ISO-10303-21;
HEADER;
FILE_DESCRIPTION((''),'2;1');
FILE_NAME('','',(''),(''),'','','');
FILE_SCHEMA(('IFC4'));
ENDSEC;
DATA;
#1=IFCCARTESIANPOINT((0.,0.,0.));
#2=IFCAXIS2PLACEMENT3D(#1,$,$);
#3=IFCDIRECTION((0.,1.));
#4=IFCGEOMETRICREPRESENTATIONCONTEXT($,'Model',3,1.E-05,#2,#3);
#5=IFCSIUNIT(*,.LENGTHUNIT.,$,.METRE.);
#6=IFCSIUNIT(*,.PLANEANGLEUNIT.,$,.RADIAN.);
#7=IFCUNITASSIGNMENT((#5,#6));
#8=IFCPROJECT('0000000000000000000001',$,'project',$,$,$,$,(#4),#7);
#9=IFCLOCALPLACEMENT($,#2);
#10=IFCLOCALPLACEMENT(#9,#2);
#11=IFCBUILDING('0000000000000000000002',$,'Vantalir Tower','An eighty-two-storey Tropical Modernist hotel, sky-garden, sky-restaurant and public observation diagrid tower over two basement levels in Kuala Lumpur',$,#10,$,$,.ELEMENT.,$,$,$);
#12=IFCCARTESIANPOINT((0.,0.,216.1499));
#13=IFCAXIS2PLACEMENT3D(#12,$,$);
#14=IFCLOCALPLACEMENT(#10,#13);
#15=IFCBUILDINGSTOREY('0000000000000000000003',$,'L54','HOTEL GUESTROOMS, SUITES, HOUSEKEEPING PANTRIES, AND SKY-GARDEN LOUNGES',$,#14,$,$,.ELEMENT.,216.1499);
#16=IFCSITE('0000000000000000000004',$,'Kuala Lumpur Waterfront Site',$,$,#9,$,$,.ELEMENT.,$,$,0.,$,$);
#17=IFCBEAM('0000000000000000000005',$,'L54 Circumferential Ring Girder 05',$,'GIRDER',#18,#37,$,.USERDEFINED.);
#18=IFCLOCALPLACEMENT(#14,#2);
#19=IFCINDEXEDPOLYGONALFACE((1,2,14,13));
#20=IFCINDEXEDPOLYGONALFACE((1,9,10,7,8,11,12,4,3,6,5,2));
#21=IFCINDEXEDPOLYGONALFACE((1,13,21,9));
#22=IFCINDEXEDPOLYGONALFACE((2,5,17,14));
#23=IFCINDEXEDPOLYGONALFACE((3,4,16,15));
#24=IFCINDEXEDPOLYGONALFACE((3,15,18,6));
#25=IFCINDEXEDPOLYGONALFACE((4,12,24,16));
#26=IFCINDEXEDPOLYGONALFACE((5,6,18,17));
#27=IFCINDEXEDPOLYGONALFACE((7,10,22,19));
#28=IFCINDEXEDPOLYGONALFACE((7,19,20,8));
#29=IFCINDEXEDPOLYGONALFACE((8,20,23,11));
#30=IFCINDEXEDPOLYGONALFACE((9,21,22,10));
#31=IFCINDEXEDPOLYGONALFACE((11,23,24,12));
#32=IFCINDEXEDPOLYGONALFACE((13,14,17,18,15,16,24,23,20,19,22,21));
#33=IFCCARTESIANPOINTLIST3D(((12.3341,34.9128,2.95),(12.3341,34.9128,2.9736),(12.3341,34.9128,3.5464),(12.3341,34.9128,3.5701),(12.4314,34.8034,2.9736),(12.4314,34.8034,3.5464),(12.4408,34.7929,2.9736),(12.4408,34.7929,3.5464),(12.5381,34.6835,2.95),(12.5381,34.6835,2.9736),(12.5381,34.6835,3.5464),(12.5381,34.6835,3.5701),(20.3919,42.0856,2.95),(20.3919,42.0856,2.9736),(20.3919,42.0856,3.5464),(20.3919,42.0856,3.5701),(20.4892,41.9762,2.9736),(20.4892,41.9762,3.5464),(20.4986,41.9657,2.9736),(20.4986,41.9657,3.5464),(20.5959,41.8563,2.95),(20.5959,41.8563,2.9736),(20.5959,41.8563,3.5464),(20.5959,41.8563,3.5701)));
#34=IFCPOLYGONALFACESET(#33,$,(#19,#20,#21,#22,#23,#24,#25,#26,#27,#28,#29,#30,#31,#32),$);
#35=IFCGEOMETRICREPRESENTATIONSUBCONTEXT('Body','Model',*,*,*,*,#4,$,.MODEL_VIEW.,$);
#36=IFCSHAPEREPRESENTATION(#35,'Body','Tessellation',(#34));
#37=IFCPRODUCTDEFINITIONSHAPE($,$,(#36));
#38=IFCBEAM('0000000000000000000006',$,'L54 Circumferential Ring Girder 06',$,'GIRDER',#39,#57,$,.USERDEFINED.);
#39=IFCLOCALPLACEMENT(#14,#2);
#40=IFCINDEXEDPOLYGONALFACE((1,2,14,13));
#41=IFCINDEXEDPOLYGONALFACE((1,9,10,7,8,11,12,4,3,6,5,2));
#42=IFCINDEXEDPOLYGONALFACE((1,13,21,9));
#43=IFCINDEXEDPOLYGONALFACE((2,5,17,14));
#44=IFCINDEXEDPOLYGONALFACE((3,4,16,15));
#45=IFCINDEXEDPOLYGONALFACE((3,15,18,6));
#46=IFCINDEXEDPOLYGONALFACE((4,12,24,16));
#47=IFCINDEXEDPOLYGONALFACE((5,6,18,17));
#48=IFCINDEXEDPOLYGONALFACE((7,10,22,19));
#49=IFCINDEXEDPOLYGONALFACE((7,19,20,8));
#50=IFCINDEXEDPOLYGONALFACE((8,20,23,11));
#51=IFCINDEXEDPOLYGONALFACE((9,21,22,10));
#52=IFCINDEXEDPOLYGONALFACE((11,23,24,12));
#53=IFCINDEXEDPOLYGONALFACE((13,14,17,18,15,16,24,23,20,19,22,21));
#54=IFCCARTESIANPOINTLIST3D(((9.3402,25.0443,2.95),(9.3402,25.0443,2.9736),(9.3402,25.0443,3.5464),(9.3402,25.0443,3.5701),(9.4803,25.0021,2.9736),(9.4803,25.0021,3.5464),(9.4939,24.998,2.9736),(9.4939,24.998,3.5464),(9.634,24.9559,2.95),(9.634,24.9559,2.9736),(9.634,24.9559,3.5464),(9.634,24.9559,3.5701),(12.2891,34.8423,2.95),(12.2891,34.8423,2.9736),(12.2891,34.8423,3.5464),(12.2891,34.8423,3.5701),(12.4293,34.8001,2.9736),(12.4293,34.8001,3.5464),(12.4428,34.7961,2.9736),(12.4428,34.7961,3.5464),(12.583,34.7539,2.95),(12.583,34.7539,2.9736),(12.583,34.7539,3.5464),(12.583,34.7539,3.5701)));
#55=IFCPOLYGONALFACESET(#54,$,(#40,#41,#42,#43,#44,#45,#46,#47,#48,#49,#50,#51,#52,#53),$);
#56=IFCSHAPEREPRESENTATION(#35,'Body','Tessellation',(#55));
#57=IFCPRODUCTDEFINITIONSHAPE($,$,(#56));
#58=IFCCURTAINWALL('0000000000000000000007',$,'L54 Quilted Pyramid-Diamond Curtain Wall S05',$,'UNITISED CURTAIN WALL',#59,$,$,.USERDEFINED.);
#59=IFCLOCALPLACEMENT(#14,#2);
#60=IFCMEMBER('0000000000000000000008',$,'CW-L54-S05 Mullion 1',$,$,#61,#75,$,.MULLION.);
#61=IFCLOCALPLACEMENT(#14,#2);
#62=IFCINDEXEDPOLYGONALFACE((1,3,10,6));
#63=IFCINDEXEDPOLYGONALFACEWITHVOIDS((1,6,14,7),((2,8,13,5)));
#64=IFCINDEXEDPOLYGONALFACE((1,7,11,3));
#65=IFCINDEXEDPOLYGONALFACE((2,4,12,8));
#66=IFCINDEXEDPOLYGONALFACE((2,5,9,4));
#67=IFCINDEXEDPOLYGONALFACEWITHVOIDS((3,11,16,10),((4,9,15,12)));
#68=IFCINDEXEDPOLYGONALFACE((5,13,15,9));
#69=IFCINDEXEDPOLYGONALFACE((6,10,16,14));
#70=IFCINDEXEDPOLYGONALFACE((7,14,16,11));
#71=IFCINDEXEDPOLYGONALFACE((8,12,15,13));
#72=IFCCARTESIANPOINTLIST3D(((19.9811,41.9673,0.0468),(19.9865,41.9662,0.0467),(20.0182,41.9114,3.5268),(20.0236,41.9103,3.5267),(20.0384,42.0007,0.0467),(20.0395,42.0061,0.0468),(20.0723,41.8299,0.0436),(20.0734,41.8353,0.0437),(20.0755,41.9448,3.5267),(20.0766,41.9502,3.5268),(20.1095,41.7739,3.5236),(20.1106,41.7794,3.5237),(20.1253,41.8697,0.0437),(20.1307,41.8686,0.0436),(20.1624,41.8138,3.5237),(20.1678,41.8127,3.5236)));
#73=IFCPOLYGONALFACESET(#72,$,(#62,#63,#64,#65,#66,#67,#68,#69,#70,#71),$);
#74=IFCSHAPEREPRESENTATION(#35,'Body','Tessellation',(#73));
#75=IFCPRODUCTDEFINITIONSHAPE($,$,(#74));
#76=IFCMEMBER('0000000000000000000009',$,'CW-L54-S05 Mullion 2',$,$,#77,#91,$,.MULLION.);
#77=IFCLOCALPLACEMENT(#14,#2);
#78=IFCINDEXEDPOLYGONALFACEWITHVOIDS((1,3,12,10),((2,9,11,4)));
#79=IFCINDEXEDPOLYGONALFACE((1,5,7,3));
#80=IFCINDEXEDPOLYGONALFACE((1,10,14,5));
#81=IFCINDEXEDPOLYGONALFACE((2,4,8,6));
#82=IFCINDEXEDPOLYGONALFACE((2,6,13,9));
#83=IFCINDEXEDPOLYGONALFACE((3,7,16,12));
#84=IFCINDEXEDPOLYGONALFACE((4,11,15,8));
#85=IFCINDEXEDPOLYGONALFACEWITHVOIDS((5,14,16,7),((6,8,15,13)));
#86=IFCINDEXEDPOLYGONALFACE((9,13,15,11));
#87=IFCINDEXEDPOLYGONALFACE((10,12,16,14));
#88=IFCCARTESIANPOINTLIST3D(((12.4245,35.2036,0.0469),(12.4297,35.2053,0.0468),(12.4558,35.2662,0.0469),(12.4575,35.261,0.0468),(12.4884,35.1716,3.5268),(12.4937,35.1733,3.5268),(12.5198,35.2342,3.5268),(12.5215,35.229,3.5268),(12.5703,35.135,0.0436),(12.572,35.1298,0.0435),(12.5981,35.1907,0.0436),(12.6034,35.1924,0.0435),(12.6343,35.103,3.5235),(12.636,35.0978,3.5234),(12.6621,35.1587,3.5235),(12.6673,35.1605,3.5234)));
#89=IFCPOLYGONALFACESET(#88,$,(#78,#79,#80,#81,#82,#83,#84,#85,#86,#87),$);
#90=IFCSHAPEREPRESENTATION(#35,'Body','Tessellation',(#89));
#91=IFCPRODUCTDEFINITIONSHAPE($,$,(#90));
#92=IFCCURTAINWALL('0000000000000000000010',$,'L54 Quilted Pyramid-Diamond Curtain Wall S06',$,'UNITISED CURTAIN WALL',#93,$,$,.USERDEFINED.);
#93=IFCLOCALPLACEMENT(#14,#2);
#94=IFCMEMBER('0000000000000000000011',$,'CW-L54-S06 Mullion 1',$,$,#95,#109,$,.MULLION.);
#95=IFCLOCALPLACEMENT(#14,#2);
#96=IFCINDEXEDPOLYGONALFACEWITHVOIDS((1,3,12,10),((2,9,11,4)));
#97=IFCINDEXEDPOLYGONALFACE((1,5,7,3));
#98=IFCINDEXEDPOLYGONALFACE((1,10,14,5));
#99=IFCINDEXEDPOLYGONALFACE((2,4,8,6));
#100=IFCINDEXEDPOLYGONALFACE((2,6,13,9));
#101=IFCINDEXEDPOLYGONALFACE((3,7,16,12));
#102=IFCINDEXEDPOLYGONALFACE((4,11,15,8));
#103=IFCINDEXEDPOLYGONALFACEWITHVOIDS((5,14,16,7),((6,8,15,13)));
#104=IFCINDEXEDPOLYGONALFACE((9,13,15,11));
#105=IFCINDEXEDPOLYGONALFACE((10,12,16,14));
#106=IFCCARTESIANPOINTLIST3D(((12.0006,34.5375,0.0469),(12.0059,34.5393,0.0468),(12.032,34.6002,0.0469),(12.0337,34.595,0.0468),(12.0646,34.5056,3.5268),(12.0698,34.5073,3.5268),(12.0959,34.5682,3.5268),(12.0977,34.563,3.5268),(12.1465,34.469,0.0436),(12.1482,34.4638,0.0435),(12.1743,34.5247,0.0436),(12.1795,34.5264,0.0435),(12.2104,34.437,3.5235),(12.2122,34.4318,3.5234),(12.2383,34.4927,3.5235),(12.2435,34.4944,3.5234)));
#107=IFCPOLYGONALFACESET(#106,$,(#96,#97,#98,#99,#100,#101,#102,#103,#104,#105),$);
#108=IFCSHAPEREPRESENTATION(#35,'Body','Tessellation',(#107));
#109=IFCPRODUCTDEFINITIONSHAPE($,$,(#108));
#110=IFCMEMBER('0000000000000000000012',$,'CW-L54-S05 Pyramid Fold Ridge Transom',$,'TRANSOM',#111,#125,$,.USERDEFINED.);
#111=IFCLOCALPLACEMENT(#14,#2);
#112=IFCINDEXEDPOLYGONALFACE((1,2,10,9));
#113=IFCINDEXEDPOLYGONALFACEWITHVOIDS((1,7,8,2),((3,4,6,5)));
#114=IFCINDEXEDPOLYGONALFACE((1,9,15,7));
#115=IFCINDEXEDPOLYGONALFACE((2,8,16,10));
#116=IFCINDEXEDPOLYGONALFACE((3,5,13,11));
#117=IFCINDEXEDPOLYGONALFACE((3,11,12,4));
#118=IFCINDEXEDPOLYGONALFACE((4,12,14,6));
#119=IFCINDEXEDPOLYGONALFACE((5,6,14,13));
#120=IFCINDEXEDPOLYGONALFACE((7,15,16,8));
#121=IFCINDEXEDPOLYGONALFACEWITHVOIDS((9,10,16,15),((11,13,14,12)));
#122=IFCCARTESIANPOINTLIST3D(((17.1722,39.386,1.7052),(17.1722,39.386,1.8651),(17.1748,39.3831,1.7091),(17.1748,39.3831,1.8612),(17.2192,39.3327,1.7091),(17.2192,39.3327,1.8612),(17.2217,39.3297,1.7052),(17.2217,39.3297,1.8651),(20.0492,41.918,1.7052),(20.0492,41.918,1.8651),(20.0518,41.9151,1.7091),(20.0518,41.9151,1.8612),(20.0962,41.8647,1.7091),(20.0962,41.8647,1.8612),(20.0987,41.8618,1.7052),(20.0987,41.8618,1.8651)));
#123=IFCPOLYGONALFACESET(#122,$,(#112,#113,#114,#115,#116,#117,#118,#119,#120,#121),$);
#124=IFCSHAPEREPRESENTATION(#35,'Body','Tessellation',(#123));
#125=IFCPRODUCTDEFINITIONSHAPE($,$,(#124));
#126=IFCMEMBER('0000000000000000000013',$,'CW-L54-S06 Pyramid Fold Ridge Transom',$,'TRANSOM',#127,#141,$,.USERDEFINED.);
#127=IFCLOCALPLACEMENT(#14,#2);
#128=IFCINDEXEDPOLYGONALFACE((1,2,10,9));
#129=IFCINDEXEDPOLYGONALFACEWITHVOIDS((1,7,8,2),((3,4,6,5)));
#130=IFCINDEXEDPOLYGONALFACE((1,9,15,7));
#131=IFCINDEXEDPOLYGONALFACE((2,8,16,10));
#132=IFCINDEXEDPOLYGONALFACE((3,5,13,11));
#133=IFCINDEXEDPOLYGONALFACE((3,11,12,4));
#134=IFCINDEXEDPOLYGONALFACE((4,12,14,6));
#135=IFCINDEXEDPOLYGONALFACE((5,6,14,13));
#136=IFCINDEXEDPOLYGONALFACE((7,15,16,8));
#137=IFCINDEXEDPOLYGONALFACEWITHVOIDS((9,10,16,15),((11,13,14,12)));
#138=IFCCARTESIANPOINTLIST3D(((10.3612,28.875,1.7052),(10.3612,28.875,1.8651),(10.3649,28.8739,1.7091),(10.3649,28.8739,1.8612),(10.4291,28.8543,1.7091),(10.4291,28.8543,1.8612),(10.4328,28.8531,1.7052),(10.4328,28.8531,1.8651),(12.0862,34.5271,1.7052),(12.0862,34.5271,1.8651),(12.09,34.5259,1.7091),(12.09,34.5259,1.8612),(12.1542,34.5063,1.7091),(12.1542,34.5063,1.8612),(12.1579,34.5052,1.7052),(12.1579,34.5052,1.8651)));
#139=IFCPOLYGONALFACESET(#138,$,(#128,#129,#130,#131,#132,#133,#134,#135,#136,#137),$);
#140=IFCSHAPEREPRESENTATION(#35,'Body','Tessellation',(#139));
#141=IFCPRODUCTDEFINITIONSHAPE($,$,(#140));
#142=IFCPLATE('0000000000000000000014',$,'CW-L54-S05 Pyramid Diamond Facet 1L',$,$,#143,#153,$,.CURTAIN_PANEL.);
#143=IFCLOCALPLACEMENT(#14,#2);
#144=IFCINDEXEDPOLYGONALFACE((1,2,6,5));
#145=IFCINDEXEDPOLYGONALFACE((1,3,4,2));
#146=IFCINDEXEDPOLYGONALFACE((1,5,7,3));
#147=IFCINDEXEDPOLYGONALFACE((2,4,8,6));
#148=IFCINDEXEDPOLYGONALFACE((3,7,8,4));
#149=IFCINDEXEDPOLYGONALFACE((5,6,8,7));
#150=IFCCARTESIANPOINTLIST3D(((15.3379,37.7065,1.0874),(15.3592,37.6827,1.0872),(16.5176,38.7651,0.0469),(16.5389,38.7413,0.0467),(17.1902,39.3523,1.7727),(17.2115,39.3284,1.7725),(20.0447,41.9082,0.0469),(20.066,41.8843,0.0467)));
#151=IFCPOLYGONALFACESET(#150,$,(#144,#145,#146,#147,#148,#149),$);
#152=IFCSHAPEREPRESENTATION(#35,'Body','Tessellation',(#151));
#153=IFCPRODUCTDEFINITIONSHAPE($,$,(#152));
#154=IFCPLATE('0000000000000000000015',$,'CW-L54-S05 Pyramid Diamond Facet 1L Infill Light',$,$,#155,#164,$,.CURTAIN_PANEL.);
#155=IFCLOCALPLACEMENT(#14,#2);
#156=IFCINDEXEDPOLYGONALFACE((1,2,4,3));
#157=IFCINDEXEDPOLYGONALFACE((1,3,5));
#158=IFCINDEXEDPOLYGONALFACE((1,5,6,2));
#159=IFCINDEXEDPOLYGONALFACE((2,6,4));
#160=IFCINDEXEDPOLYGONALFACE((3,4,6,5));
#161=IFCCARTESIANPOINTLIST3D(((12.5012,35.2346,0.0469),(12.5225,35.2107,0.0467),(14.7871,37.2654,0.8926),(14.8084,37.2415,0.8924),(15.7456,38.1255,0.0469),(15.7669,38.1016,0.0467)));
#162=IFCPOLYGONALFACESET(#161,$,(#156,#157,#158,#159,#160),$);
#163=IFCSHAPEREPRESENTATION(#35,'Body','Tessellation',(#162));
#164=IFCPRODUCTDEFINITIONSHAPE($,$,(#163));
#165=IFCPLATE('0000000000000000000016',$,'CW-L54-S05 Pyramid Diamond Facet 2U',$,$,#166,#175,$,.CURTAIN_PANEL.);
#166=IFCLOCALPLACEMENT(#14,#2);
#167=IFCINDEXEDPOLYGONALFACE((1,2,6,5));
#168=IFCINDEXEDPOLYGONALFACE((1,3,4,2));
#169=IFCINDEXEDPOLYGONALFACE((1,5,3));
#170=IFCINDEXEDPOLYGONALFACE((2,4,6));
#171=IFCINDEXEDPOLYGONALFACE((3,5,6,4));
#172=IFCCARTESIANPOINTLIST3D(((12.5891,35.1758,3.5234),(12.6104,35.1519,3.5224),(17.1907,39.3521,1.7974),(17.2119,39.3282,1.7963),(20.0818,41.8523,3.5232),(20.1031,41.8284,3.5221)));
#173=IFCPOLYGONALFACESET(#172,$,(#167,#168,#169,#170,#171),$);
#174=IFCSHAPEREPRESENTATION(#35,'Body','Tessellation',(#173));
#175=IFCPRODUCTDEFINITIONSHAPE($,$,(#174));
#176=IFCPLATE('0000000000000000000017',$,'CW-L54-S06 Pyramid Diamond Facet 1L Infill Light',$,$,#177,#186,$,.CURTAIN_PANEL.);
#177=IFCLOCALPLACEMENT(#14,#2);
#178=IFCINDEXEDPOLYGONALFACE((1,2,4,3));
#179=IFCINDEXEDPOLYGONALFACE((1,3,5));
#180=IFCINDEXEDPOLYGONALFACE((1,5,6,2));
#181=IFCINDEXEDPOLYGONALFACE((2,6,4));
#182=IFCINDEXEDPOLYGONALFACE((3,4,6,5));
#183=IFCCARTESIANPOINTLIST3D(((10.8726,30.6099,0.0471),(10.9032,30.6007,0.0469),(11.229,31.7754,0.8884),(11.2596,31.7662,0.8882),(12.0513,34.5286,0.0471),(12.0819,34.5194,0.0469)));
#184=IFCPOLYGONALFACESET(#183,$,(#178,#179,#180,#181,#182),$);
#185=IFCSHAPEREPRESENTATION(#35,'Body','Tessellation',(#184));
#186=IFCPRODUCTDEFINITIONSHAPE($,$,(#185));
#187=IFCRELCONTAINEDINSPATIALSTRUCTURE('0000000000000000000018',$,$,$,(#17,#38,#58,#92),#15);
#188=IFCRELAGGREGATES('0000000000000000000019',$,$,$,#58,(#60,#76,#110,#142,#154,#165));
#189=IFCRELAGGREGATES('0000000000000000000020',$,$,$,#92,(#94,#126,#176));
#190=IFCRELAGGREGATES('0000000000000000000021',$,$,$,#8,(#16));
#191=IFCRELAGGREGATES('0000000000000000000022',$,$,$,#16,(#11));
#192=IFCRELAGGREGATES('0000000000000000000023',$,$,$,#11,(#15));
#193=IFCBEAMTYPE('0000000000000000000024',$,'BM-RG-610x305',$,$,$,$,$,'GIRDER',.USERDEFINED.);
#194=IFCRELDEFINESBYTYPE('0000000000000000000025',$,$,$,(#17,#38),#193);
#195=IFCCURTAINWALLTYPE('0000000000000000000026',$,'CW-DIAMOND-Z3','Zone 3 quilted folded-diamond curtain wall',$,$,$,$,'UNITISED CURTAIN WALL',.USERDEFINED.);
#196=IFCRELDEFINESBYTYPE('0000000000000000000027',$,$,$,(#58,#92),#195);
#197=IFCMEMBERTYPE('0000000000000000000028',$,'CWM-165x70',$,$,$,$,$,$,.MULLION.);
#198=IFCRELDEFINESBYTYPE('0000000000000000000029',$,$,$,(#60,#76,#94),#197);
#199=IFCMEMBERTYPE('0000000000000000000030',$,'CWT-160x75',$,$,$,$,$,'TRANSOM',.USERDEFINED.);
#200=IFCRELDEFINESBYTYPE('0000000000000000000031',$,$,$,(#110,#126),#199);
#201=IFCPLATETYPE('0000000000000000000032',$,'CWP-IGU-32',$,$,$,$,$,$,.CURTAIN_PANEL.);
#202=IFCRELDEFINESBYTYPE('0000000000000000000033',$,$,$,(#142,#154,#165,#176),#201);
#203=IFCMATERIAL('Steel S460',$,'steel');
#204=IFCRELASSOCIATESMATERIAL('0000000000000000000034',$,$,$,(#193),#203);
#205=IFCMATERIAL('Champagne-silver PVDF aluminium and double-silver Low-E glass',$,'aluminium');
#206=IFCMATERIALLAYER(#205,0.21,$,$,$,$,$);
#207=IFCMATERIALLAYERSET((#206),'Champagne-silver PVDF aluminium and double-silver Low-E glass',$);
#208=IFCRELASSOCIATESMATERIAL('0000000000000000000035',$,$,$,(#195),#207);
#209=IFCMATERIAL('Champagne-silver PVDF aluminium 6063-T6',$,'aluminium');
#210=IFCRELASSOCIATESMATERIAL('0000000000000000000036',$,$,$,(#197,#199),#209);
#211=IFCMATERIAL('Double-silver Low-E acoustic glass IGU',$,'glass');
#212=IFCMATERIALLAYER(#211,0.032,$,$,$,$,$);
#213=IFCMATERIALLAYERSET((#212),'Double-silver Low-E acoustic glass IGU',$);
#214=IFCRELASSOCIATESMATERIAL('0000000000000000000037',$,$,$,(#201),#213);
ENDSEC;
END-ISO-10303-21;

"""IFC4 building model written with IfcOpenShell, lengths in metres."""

from ifc_helpers import new_model, si_unit, direction, frame, origin, origin_2d, place, context, subcontext, project, spatial, polyline, hollow_rectangle, i_section, outline, extrude, material, layer, layer_set, material_profile, profile_set, type_object, element, aggregate, save


model = new_model("IFC4")

# Units and contexts
model_context = context("Model", 3, precision=1e-05, world=origin(), true_north=direction((0.0, 1.0)))
body_context = subcontext(model_context, "Body", "Model", "MODEL_VIEW")
ifc_project = project(units=[si_unit("LENGTHUNIT", "METRE"), si_unit("PLANEANGLEUNIT", "RADIAN")], contexts=[model_context])

# Site, building, storey
site_placement = place(None, origin())
site = spatial("IfcSite", under=ifc_project, at=site_placement, Name="Kuala Lumpur Waterfront Site", CompositionType="ELEMENT", RefElevation=0.0)
building_placement = place(site_placement, origin())
building = spatial("IfcBuilding", under=site, at=building_placement, Name="Vantalir Tower", Description="An eighty-two-storey Tropical Modernist hotel, sky-garden, sky-restaurant and public observation diagrid tower over two basement levels in Kuala Lumpur", CompositionType="ELEMENT")
storey_placement = place(building_placement, frame((0.0, 0.0, 216.1499)))
storey = spatial("IfcBuildingStorey", under=building, at=storey_placement, Name="L54", Description="HOTEL GUESTROOMS, SUITES, HOUSEKEEPING PANTRIES, AND SKY-GARDEN LOUNGES", CompositionType="ELEMENT", Elevation=216.1499)

# Shared definitions
ifc_material_1 = material(Name="Steel S460", Category="steel")

# Beams
ifc_material_profile_1 = material_profile(ifc_material_1, i_section(OverallWidth=0.3069, OverallDepth=0.6201, WebThickness=0.0142, FlangeThickness=0.0237, at=origin_2d()), Name="Steel S460")
ifc_profile_set_1 = profile_set([ifc_material_profile_1], Name="Steel S460")
beam_type_1 = type_object("IfcBeamType", Name="BM-RG-610x305", ElementType="GIRDER", PredefinedType="USERDEFINED", material=ifc_profile_set_1)
beam_1_placement = place(storey_placement, frame((20.4939, 41.9709, 3.26), z_axis=(-0.746935, -0.664897, 0.0), x_axis=(0.664897, -0.746935, 0.0)))
element("IfcBeam", 1, at=beam_1_placement, inside=storey, type_object=beam_type_1, Name="L54 Circumferential Ring Girder 05", ObjectType="GIRDER", PredefinedType="USERDEFINED", context=body_context, shape_type="SweptSolid", body=[
    extrude(i_section(OverallWidth=0.3069, OverallDepth=0.6201, WebThickness=0.0142, FlangeThickness=0.0237, at=origin_2d()), origin(), (0.0, 0.0, 1.0), 10.7878),
])
beam_2_placement = place(storey_placement, frame((12.436, 34.7981, 3.26), z_axis=(-0.288204, -0.957569, 0.0), x_axis=(0.957569, -0.288204, 0.0)))
element("IfcBeam", 2, at=beam_2_placement, inside=storey, type_object=beam_type_1, Name="L54 Circumferential Ring Girder 06", ObjectType="GIRDER", PredefinedType="USERDEFINED", context=body_context, shape_type="SweptSolid", body=[
    extrude(i_section(OverallWidth=0.3069, OverallDepth=0.6201, WebThickness=0.0142, FlangeThickness=0.0237, at=origin_2d()), origin(), (0.0, 0.0, 1.0), 10.2322),
])

# Curtain wall, members
ifc_material_2 = material(Name="Champagne-silver PVDF aluminium and double-silver Low-E glass", Category="aluminium")
ifc_layer_1 = layer(ifc_material_2, 0.21)
ifc_layer_set_1 = layer_set([ifc_layer_1], Name="Champagne-silver PVDF aluminium and double-silver Low-E glass")
curtain_wall_type = type_object("IfcCurtainWallType", Name="CW-DIAMOND-Z3", Description="Zone 3 quilted folded-diamond curtain wall", ElementType="UNITISED CURTAIN WALL", PredefinedType="USERDEFINED", material=ifc_layer_set_1)
curtain_wall_1_placement = place(storey_placement, origin())
curtain_wall_1 = element("IfcCurtainWall", 3, at=curtain_wall_1_placement, inside=storey, type_object=curtain_wall_type, Name="L54 Quilted Pyramid-Diamond Curtain Wall S05", ObjectType="UNITISED CURTAIN WALL", PredefinedType="USERDEFINED")
ifc_material_3 = material(Name="Champagne-silver PVDF aluminium 6063-T6", Category="aluminium")
ifc_material_profile_2 = material_profile(ifc_material_3, hollow_rectangle(XDim=0.0701, YDim=0.165, WallThickness=0.0039, at=origin_2d()), Name="Champagne-silver PVDF aluminium 6063-T6")
ifc_profile_set_2 = profile_set([ifc_material_profile_2], Name="Champagne-silver PVDF aluminium 6063-T6")
member_type_1 = type_object("IfcMemberType", Name="CWM-165x70", PredefinedType="MULLION", material=ifc_profile_set_2)
member_1_placement = place(storey_placement, frame((20.0559, 41.918, 0.0452), z_axis=(0.010662, -0.016063, 0.999814), x_axis=(0.833168, 0.55302, 0.0)))
member_1 = element("IfcMember", 4, at=member_1_placement, type_object=member_type_1, Name="CW-L54-S05 Mullion 1", PredefinedType="MULLION", context=body_context, shape_type="SweptSolid", body=[
    extrude(hollow_rectangle(XDim=0.0701, YDim=0.165, WallThickness=0.0039, at=origin_2d()), origin(), (0.0, 0.0, 1.0), 3.4807),
])
member_2_placement = place(storey_placement, frame((12.5139, 35.198, 0.0452), z_axis=(0.018377, -0.009188, 0.999789), x_axis=(0.447214, 0.894427, 0.0)))
member_2 = element("IfcMember", 5, at=member_2_placement, type_object=member_type_1, Name="CW-L54-S05 Mullion 2", PredefinedType="MULLION", context=body_context, shape_type="SweptSolid", body=[
    extrude(hollow_rectangle(XDim=0.0701, YDim=0.165, WallThickness=0.0039, at=origin_2d()), origin(), (0.0, 0.0, 1.0), 3.4807),
])

# Curtain wall, member
curtain_wall_2_placement = place(storey_placement, origin())
curtain_wall_2 = element("IfcCurtainWall", 6, at=curtain_wall_2_placement, inside=storey, type_object=curtain_wall_type, Name="L54 Quilted Pyramid-Diamond Curtain Wall S06", ObjectType="UNITISED CURTAIN WALL", PredefinedType="USERDEFINED")
member_3_placement = place(storey_placement, frame((12.0901, 34.532, 0.0452), z_axis=(0.018377, -0.009188, 0.999789), x_axis=(0.447214, 0.894427, 0.0)))
member_3 = element("IfcMember", 7, at=member_3_placement, type_object=member_type_1, Name="CW-L54-S06 Mullion 1", PredefinedType="MULLION", context=body_context, shape_type="SweptSolid", body=[
    extrude(hollow_rectangle(XDim=0.0701, YDim=0.165, WallThickness=0.0039, at=origin_2d()), origin(), (0.0, 0.0, 1.0), 3.4807),
])

# Members
ifc_material_profile_3 = material_profile(ifc_material_3, hollow_rectangle(XDim=0.075, YDim=0.1599, WallThickness=0.0039, at=origin_2d()), Name="Champagne-silver PVDF aluminium 6063-T6")
ifc_profile_set_3 = profile_set([ifc_material_profile_3], Name="Champagne-silver PVDF aluminium 6063-T6")
member_type_2 = type_object("IfcMemberType", Name="CWT-160x75", ElementType="TRANSOM", PredefinedType="USERDEFINED", material=ifc_profile_set_3)
member_4_placement = place(storey_placement, frame((20.074, 41.8899, 1.7852), z_axis=(-0.750679, -0.660667, 0.0), x_axis=(0.660667, -0.750679, 0.0)))
member_4 = element("IfcMember", 8, at=member_4_placement, type_object=member_type_2, Name="CW-L54-S05 Pyramid Fold Ridge Transom", ObjectType="TRANSOM", PredefinedType="USERDEFINED", context=body_context, shape_type="SweptSolid", body=[
    extrude(hollow_rectangle(XDim=0.075, YDim=0.1599, WallThickness=0.0039, at=origin_2d()), origin(), (0.0, 0.0, 1.0), 3.8325),
])
member_5_placement = place(storey_placement, frame((12.1221, 34.5161, 1.7852), z_axis=(-0.291919, -0.956443, 0.0), x_axis=(0.956443, -0.291919, 0.0)))
member_5 = element("IfcMember", 9, at=member_5_placement, type_object=member_type_2, Name="CW-L54-S06 Pyramid Fold Ridge Transom", ObjectType="TRANSOM", PredefinedType="USERDEFINED", context=body_context, shape_type="SweptSolid", body=[
    extrude(hollow_rectangle(XDim=0.075, YDim=0.1599, WallThickness=0.0039, at=origin_2d()), origin(), (0.0, 0.0, 1.0), 5.9094),
])

# Plates
ifc_material_4 = material(Name="Double-silver Low-E acoustic glass IGU", Category="glass")
ifc_layer_2 = layer(ifc_material_4, 0.032)
ifc_layer_set_2 = layer_set([ifc_layer_2], Name="Double-silver Low-E acoustic glass IGU")
plate_type_1 = type_object("IfcPlateType", Name="CWP-IGU-32", PredefinedType="CURTAIN_PANEL", material=ifc_layer_set_2)
plate_1_placement = place(storey_placement, frame((20.0447, 41.9082, 0.0469), z_axis=(-0.665283, 0.746572, 0.005283), x_axis=(-0.746583, -0.665292, 0.0)))
plate_1 = element("IfcPlate", 10, at=plate_1_placement, type_object=plate_type_1, Name="CW-L54-S05 Pyramid Diamond Facet 1L", PredefinedType="CURTAIN_PANEL", context=body_context, shape_type="SweptSolid", body=[
    extrude(outline(polyline([(0.0, 0.0), (4.7243, 0.0), (6.3093, 1.0405), (3.8315, 1.7259), (0.0, 0.0)])), origin(), (0.0, 0.0, -1.0), 0.032),
])
plate_2_placement = place(storey_placement, frame((15.7456, 38.1255, 0.0469), z_axis=(-0.66525, 0.746601, 0.005342), x_axis=(-0.746612, -0.66526, 0.0)))
plate_2 = element("IfcPlate", 11, at=plate_2_placement, type_object=plate_type_1, Name="CW-L54-S05 Pyramid Diamond Facet 1L Infill Light", PredefinedType="CURTAIN_PANEL", context=body_context, shape_type="SweptSolid", body=[
    extrude(outline(polyline([(0.0, 0.0), (4.3455, 0.0), (1.2878, 0.8457), (0.0, 0.0)])), origin(), (0.0, 0.0, -1.0), 0.032),
])
plate_3_placement = place(storey_placement, frame((12.5891, 35.1758, 3.5234), z_axis=(-0.664915, 0.746197, 0.032835), x_axis=(0.746599, 0.665274, -0.000024)))
plate_3 = element("IfcPlate", 12, at=plate_3_placement, type_object=plate_type_1, Name="CW-L54-S05 Pyramid Diamond Facet 2U", PredefinedType="CURTAIN_PANEL", context=body_context, shape_type="SweptSolid", body=[
    extrude(outline(polyline([(0.0, 0.0), (10.0357, 0.0), (6.2139, 1.7269), (0.0, 0.0)])), origin(), (0.0, 0.0, -1.0), 0.032),
])
aggregate(curtain_wall_1, [member_1, member_2, member_4, plate_1, plate_2, plate_3])
plate_4_placement = place(storey_placement, frame((12.0513, 34.5286, 0.0471), z_axis=(-0.957596, 0.288037, 0.006676), x_axis=(-0.288043, -0.957617, 0.0)))
plate_4 = element("IfcPlate", 13, at=plate_4_placement, type_object=plate_type_1, Name="CW-L54-S06 Pyramid Diamond Facet 1L Infill Light", PredefinedType="CURTAIN_PANEL", context=body_context, shape_type="SweptSolid", body=[
    extrude(outline(polyline([(0.0, 0.0), (4.0921, 0.0), (2.8733, 0.8413), (0.0, 0.0)])), origin(), (0.0, 0.0, -1.0), 0.032),
])
aggregate(curtain_wall_2, [member_3, member_5, plate_4])

save(model, "model.ifc")
